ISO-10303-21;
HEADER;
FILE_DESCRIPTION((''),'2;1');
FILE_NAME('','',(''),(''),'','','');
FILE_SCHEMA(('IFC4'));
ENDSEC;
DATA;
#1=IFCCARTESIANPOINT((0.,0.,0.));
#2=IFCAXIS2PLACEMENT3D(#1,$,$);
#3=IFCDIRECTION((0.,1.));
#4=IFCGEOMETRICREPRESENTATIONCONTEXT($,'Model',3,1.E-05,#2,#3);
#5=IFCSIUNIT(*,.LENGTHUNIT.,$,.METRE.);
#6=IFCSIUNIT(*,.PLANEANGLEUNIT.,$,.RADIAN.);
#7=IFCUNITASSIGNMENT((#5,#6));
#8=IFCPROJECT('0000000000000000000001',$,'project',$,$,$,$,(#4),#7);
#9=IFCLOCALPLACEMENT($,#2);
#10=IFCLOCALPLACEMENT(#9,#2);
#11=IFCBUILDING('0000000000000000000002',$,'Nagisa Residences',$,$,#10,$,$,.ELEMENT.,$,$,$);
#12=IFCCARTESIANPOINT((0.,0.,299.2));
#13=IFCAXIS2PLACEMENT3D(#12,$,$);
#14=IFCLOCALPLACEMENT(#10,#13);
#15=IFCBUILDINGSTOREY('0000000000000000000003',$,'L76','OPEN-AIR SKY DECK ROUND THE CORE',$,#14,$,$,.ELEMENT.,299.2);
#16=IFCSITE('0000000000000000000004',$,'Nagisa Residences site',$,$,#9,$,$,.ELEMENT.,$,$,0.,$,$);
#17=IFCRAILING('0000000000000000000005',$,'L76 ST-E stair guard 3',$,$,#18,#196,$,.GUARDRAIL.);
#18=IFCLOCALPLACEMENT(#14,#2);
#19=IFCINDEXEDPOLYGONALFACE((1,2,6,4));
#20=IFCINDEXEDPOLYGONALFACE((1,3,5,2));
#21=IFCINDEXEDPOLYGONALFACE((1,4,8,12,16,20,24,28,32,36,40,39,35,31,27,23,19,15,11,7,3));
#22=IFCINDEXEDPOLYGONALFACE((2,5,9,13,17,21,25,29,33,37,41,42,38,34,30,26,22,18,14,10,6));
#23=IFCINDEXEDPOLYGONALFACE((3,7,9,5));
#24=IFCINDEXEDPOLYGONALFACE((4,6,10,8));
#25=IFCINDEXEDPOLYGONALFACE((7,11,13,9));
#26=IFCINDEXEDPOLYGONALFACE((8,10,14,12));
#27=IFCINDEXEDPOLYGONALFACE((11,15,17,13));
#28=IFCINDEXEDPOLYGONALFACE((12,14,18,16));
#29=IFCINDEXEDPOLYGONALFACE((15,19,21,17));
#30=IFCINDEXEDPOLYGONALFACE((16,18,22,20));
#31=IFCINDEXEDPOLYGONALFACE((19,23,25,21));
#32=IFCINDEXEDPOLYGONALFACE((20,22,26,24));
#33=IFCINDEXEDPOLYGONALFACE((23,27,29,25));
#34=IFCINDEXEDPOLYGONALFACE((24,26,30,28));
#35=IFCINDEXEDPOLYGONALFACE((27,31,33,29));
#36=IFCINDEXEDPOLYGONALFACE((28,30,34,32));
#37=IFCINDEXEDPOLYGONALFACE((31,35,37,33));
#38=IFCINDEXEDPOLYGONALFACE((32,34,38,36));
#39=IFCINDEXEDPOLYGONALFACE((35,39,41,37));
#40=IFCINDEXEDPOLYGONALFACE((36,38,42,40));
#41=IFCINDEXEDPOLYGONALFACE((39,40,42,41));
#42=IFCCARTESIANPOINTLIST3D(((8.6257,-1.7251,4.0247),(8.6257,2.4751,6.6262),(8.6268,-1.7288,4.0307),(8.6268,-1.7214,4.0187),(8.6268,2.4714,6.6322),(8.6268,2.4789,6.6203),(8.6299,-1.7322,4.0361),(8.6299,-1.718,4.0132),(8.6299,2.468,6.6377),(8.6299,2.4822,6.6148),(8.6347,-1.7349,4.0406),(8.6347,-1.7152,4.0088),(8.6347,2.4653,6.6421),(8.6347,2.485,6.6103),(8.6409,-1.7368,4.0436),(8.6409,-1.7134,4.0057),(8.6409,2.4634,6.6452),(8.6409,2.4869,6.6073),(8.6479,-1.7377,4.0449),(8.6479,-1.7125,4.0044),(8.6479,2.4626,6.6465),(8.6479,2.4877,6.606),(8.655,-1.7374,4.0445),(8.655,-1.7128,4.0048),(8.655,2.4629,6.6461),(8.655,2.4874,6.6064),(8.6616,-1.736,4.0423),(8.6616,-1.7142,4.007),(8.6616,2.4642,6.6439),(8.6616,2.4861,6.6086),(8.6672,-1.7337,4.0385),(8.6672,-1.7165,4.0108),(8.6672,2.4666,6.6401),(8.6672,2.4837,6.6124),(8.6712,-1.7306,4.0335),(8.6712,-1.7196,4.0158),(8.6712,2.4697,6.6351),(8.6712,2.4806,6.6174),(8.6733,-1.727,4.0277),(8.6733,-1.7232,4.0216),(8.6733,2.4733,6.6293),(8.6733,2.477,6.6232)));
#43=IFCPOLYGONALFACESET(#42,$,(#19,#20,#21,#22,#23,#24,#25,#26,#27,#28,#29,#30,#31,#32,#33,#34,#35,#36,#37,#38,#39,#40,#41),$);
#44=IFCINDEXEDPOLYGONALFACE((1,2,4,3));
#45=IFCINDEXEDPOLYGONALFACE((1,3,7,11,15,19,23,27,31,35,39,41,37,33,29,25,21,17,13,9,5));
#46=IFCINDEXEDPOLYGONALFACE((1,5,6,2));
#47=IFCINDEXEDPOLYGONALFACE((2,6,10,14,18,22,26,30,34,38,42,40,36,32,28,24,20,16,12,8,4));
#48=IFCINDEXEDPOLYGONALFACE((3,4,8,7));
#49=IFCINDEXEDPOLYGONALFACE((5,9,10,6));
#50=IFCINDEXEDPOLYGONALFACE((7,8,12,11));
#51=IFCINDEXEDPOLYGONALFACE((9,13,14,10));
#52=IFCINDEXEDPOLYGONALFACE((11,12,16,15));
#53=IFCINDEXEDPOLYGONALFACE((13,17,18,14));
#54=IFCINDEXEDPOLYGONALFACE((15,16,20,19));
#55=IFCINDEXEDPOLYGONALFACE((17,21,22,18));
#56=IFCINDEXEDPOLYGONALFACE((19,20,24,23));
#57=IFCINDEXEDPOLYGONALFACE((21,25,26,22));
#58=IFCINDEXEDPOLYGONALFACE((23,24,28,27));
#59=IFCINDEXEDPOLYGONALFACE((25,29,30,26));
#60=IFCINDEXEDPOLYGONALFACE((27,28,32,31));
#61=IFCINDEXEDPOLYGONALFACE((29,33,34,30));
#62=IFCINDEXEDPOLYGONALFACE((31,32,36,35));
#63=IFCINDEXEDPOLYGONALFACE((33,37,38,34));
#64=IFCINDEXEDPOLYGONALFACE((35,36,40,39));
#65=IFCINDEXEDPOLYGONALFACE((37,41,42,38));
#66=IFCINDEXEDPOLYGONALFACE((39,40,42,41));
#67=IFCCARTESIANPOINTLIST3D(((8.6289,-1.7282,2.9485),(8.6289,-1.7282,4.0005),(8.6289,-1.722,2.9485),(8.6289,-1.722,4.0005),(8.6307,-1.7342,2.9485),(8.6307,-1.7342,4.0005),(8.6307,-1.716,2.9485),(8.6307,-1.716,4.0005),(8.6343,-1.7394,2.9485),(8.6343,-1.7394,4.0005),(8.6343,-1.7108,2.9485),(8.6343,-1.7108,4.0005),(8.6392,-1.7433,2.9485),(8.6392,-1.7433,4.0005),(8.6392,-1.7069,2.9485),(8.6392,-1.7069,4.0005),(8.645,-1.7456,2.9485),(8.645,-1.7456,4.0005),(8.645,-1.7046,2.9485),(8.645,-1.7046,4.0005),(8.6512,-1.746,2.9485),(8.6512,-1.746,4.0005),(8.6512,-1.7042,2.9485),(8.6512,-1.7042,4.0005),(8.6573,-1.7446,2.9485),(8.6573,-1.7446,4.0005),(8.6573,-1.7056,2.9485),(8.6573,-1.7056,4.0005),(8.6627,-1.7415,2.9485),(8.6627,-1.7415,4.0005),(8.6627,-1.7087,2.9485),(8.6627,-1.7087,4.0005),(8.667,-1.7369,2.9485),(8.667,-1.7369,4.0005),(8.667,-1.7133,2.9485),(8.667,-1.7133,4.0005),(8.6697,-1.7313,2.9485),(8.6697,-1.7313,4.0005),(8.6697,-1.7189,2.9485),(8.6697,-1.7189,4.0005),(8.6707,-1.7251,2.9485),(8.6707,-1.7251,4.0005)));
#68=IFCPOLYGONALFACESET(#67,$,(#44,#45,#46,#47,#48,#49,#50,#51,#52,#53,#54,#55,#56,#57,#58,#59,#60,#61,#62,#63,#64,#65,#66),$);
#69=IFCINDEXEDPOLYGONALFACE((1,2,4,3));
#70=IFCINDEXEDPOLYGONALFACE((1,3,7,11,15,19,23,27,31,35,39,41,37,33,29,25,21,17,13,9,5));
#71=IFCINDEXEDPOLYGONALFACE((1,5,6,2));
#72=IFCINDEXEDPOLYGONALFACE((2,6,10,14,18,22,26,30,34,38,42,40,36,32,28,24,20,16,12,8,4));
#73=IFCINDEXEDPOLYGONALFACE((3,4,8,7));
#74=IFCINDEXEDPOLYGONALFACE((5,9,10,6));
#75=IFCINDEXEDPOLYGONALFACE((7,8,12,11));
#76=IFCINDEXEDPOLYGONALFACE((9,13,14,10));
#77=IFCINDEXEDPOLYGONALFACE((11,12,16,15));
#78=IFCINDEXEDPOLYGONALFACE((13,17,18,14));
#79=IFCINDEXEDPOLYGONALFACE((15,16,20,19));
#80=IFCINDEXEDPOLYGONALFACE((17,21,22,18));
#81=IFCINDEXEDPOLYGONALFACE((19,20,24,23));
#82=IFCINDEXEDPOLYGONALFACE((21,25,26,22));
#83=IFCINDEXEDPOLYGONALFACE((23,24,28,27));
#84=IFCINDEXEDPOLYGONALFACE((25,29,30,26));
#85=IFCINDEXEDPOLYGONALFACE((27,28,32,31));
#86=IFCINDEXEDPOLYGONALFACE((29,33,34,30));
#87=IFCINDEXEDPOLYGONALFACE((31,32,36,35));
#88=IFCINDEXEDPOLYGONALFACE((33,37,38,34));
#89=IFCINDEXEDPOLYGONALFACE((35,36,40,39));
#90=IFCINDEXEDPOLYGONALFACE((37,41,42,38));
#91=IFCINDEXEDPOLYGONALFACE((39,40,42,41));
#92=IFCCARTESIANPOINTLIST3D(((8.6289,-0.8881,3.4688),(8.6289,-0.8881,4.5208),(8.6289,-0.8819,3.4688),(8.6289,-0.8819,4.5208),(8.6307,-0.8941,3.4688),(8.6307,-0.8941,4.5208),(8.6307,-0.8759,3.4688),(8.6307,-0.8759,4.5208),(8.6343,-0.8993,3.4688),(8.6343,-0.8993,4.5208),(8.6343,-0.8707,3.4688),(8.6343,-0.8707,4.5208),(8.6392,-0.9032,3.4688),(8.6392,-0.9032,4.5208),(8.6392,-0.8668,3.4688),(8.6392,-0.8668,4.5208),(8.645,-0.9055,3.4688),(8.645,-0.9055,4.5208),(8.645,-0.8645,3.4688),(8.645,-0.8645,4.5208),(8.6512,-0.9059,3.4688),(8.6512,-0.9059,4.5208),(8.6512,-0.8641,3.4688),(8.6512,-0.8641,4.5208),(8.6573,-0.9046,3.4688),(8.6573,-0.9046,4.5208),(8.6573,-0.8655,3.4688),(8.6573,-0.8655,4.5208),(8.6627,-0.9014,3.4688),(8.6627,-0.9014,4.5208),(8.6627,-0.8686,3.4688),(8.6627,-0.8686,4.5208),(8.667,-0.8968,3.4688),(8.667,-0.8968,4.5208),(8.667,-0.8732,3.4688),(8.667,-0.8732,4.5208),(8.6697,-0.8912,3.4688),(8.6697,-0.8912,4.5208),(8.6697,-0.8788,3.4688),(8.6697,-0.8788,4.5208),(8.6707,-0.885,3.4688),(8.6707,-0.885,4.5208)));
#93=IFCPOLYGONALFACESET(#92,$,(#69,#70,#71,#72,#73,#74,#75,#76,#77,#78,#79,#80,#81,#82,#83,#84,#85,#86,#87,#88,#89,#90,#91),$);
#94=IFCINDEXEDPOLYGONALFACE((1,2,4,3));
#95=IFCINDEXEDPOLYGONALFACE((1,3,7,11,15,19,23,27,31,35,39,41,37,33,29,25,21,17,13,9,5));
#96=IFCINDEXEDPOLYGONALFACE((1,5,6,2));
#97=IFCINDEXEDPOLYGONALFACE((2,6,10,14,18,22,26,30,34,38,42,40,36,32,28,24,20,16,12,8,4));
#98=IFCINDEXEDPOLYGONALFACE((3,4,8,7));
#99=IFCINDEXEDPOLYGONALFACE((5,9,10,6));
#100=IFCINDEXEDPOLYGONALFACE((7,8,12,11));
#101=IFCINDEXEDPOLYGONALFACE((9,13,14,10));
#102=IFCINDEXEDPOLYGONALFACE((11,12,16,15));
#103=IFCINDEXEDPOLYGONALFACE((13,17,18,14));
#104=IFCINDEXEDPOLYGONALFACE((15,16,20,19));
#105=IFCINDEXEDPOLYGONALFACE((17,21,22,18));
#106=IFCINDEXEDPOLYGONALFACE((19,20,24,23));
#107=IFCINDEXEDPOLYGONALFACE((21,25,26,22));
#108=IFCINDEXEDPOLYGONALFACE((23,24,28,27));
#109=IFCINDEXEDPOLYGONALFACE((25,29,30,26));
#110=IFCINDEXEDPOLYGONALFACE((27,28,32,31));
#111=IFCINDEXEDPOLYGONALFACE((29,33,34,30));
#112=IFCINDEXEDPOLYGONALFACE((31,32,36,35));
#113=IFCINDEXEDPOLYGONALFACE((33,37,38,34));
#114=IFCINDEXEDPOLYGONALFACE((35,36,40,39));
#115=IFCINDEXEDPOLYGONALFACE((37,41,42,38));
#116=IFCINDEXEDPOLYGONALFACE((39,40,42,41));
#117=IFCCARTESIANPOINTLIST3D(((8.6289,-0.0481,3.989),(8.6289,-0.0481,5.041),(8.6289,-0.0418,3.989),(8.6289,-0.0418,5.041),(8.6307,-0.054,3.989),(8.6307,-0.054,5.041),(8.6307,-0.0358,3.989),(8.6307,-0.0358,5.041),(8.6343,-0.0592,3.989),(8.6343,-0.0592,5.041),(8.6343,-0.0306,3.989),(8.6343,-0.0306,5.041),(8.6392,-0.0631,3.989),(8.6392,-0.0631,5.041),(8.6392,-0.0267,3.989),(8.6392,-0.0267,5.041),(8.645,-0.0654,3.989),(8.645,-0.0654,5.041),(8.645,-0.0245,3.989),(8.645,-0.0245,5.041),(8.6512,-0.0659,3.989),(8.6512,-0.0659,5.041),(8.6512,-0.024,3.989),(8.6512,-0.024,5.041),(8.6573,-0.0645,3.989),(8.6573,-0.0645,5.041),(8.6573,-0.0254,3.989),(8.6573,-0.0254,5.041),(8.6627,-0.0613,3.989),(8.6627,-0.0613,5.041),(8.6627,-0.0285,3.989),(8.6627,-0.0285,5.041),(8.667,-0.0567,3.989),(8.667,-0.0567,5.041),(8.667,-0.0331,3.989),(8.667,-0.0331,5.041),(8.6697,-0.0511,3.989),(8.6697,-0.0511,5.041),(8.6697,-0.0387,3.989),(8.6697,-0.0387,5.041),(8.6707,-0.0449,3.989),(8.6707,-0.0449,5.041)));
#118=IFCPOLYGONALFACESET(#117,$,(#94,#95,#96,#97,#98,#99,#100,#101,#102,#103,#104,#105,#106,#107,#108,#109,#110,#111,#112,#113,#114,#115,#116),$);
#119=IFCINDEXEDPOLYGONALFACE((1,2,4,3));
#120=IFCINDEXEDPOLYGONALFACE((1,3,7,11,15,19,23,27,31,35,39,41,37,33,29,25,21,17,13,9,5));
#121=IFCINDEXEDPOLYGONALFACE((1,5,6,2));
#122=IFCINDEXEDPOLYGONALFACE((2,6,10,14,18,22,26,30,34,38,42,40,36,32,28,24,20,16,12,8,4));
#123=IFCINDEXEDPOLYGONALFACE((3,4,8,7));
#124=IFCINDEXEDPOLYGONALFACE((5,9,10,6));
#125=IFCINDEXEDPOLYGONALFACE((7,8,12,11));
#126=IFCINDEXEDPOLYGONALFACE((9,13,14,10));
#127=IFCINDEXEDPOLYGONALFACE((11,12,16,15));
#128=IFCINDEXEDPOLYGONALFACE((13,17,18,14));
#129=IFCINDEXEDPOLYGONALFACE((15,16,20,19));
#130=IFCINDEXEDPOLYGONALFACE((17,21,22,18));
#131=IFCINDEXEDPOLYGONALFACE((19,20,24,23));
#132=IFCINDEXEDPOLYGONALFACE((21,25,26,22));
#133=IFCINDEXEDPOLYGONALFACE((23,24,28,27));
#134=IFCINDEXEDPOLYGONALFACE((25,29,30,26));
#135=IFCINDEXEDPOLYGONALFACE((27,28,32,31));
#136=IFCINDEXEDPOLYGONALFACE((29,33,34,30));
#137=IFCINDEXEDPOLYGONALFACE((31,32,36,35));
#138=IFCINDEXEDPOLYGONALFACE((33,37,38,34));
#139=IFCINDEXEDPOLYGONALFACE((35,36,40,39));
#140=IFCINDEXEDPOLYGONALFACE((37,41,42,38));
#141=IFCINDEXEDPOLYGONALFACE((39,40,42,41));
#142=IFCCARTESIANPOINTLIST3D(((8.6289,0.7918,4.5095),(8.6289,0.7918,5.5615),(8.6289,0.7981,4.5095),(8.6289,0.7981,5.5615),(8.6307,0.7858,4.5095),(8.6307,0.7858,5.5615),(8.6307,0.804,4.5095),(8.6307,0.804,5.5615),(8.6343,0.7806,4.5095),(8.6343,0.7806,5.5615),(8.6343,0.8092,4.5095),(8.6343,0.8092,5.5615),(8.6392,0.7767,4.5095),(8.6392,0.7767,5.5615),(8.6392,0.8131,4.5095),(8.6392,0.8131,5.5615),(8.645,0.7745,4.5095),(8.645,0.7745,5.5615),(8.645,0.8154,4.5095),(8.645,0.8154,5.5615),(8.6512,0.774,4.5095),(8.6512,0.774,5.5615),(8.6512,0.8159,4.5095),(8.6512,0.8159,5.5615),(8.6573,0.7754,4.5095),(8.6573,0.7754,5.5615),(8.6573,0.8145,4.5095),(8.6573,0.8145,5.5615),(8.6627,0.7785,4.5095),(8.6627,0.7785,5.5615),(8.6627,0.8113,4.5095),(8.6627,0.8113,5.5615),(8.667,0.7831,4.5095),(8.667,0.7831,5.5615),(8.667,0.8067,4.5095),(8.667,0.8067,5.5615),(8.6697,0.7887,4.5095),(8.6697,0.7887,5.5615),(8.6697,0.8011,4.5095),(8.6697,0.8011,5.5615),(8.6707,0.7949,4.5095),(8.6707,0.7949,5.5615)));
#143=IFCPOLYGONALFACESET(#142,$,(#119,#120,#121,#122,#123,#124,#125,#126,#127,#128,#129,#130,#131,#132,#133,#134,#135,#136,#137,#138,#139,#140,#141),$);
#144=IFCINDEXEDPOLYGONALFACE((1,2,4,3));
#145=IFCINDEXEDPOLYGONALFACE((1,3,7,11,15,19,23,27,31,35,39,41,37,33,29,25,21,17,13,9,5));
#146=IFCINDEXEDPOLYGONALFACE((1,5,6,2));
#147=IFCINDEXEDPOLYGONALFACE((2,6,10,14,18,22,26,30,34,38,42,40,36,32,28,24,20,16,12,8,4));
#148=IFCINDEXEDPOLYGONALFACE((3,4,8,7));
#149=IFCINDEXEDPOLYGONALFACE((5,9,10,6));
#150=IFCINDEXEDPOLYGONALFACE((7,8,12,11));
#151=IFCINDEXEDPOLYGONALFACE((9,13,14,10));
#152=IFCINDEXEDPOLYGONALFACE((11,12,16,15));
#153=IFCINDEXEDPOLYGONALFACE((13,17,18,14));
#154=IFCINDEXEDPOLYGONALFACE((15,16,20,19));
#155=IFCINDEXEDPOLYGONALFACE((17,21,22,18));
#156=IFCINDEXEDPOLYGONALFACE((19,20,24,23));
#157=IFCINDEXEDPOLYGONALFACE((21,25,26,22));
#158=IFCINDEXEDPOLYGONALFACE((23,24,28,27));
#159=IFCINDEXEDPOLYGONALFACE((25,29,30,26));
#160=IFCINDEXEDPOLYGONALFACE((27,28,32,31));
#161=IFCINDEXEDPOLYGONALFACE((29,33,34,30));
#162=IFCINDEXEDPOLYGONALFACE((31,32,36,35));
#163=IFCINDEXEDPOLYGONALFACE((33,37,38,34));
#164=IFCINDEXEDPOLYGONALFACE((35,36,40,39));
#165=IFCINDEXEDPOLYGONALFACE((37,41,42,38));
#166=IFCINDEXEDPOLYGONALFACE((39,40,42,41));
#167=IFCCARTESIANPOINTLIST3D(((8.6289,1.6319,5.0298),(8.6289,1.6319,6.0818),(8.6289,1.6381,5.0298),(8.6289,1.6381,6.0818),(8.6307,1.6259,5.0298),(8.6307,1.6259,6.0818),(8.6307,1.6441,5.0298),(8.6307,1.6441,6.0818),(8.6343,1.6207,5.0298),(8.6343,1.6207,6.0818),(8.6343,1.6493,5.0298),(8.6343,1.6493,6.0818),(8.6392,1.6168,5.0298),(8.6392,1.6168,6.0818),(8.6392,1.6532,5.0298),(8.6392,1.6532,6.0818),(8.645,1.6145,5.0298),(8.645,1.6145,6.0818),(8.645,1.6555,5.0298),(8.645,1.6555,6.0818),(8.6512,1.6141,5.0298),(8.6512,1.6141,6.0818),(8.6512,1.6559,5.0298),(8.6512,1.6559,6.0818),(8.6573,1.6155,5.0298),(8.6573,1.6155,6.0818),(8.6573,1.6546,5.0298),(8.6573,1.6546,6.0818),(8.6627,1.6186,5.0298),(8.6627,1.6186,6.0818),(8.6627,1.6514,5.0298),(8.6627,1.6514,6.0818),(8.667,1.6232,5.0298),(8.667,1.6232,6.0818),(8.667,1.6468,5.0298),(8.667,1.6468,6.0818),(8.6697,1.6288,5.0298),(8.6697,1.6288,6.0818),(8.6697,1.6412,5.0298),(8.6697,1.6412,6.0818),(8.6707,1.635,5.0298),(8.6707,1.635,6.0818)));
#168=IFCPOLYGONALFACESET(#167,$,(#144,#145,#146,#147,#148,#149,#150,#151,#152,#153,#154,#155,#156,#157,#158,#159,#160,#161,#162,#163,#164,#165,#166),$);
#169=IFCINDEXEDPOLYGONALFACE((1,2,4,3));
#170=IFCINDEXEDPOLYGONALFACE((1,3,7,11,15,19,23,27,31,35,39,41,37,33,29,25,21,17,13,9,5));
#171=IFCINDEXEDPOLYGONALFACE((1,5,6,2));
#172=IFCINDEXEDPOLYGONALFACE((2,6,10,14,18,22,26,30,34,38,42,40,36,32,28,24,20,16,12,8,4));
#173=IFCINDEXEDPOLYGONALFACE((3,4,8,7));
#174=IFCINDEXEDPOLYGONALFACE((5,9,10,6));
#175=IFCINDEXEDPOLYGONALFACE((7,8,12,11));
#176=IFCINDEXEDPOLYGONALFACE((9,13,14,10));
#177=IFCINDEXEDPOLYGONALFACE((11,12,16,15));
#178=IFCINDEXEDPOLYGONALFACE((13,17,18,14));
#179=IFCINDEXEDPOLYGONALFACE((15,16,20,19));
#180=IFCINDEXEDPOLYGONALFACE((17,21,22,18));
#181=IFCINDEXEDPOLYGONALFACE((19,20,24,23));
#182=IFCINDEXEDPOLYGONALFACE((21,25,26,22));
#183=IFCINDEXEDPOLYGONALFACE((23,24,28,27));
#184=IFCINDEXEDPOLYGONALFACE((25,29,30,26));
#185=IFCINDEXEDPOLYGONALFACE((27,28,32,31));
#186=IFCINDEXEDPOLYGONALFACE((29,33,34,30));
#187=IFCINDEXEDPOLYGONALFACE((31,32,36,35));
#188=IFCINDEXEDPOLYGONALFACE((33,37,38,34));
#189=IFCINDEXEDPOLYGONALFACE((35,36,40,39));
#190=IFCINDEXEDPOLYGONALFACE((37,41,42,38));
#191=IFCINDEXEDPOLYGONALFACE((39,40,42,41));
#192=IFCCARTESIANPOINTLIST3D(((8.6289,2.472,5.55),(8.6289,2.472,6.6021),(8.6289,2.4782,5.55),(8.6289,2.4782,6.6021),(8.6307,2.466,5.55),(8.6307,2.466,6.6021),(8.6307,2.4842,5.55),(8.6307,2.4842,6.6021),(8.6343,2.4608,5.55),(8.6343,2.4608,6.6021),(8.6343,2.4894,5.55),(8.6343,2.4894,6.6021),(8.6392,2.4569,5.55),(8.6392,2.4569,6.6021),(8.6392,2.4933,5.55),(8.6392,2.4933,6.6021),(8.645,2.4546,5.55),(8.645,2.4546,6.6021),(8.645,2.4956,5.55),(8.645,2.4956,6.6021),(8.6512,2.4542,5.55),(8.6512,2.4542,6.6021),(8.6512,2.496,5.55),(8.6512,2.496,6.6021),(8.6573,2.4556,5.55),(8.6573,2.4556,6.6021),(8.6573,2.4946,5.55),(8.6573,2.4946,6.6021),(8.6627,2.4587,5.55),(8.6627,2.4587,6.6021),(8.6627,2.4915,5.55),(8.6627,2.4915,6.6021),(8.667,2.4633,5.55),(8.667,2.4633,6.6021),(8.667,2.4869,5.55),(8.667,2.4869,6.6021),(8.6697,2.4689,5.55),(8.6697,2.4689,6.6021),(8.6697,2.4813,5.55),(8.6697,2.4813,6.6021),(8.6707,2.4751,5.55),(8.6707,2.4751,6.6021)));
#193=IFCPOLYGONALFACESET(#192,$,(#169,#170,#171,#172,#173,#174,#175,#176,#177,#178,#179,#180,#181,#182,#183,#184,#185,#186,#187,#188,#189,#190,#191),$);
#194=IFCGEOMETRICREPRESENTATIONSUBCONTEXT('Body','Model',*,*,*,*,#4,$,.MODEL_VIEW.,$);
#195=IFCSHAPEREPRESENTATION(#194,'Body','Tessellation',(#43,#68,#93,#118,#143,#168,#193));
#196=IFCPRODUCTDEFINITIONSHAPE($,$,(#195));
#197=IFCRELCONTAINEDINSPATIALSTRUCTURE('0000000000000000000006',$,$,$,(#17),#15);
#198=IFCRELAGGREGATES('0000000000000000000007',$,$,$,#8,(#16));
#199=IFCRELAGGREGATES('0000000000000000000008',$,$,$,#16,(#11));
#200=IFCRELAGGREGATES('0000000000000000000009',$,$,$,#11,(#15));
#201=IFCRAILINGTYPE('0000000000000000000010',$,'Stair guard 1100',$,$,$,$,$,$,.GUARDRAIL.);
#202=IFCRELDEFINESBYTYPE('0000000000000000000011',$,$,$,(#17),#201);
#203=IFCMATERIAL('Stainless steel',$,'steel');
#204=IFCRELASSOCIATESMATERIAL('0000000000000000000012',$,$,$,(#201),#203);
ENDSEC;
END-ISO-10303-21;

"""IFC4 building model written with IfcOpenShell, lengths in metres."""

from ifc_helpers import new_model, si_unit, direction, frame, origin, origin_2d, place, context, subcontext, project, spatial, circle, extrude, material, type_object, element, save


model = new_model("IFC4")

# Units and contexts
model_context = context("Model", 3, precision=1e-05, world=origin(), true_north=direction((0.0, 1.0)))
body_context = subcontext(model_context, "Body", "Model", "MODEL_VIEW")
ifc_project = project(units=[si_unit("LENGTHUNIT", "METRE"), si_unit("PLANEANGLEUNIT", "RADIAN")], contexts=[model_context])

# Site, building, storey
site_placement = place(None, origin())
site = spatial("IfcSite", under=ifc_project, at=site_placement, Name="Nagisa Residences site", CompositionType="ELEMENT", RefElevation=0.0)
building_placement = place(site_placement, origin())
building = spatial("IfcBuilding", under=site, at=building_placement, Name="Nagisa Residences", CompositionType="ELEMENT")
storey_placement = place(building_placement, frame((0.0, 0.0, 299.2)))
storey = spatial("IfcBuildingStorey", under=building, at=storey_placement, Name="L76", Description="OPEN-AIR SKY DECK ROUND THE CORE", CompositionType="ELEMENT", Elevation=299.2)

# Railing
ifc_material_1 = material(Name="Stainless steel", Category="steel")
railing_type_1 = type_object("IfcRailingType", Name="Stair guard 1100", PredefinedType="GUARDRAIL", material=ifc_material_1)
railing_1_placement = place(storey_placement, frame((8.6497, -1.7251, 2.9485)))
element("IfcRailing", 1, at=railing_1_placement, inside=storey, type_object=railing_type_1, Name="L76 ST-E stair guard 3", PredefinedType="GUARDRAIL", context=body_context, shape_type="SweptSolid", body=[
    extrude(circle(Radius=0.0239, at=origin_2d()), frame((0.0, 0.0, 1.0762), z_axis=(0.0, 0.850135, 0.526566), x_axis=(-1.0, 0.0, 0.0)), (0.0, 0.0, 1.0), 4.9407),
    extrude(circle(Radius=0.021, at=origin_2d()), origin(), (0.0, 0.0, 1.0), 1.052),
    extrude(circle(Radius=0.021, at=origin_2d()), frame((0.0, 0.8401, 0.5203)), (0.0, 0.0, 1.0), 1.052),
    extrude(circle(Radius=0.021, at=origin_2d()), frame((0.0, 1.6802, 1.0405)), (0.0, 0.0, 1.0), 1.052),
    extrude(circle(Radius=0.021, at=origin_2d()), frame((0.0, 2.52, 1.561)), (0.0, 0.0, 1.0), 1.052),
    extrude(circle(Radius=0.021, at=origin_2d()), frame((0.0, 3.3601, 2.0813)), (0.0, 0.0, 1.0), 1.052),
    extrude(circle(Radius=0.021, at=origin_2d()), frame((0.0, 4.2002, 2.6016)), (0.0, 0.0, 1.0), 1.052),
])

save(model, "model.ifc")
